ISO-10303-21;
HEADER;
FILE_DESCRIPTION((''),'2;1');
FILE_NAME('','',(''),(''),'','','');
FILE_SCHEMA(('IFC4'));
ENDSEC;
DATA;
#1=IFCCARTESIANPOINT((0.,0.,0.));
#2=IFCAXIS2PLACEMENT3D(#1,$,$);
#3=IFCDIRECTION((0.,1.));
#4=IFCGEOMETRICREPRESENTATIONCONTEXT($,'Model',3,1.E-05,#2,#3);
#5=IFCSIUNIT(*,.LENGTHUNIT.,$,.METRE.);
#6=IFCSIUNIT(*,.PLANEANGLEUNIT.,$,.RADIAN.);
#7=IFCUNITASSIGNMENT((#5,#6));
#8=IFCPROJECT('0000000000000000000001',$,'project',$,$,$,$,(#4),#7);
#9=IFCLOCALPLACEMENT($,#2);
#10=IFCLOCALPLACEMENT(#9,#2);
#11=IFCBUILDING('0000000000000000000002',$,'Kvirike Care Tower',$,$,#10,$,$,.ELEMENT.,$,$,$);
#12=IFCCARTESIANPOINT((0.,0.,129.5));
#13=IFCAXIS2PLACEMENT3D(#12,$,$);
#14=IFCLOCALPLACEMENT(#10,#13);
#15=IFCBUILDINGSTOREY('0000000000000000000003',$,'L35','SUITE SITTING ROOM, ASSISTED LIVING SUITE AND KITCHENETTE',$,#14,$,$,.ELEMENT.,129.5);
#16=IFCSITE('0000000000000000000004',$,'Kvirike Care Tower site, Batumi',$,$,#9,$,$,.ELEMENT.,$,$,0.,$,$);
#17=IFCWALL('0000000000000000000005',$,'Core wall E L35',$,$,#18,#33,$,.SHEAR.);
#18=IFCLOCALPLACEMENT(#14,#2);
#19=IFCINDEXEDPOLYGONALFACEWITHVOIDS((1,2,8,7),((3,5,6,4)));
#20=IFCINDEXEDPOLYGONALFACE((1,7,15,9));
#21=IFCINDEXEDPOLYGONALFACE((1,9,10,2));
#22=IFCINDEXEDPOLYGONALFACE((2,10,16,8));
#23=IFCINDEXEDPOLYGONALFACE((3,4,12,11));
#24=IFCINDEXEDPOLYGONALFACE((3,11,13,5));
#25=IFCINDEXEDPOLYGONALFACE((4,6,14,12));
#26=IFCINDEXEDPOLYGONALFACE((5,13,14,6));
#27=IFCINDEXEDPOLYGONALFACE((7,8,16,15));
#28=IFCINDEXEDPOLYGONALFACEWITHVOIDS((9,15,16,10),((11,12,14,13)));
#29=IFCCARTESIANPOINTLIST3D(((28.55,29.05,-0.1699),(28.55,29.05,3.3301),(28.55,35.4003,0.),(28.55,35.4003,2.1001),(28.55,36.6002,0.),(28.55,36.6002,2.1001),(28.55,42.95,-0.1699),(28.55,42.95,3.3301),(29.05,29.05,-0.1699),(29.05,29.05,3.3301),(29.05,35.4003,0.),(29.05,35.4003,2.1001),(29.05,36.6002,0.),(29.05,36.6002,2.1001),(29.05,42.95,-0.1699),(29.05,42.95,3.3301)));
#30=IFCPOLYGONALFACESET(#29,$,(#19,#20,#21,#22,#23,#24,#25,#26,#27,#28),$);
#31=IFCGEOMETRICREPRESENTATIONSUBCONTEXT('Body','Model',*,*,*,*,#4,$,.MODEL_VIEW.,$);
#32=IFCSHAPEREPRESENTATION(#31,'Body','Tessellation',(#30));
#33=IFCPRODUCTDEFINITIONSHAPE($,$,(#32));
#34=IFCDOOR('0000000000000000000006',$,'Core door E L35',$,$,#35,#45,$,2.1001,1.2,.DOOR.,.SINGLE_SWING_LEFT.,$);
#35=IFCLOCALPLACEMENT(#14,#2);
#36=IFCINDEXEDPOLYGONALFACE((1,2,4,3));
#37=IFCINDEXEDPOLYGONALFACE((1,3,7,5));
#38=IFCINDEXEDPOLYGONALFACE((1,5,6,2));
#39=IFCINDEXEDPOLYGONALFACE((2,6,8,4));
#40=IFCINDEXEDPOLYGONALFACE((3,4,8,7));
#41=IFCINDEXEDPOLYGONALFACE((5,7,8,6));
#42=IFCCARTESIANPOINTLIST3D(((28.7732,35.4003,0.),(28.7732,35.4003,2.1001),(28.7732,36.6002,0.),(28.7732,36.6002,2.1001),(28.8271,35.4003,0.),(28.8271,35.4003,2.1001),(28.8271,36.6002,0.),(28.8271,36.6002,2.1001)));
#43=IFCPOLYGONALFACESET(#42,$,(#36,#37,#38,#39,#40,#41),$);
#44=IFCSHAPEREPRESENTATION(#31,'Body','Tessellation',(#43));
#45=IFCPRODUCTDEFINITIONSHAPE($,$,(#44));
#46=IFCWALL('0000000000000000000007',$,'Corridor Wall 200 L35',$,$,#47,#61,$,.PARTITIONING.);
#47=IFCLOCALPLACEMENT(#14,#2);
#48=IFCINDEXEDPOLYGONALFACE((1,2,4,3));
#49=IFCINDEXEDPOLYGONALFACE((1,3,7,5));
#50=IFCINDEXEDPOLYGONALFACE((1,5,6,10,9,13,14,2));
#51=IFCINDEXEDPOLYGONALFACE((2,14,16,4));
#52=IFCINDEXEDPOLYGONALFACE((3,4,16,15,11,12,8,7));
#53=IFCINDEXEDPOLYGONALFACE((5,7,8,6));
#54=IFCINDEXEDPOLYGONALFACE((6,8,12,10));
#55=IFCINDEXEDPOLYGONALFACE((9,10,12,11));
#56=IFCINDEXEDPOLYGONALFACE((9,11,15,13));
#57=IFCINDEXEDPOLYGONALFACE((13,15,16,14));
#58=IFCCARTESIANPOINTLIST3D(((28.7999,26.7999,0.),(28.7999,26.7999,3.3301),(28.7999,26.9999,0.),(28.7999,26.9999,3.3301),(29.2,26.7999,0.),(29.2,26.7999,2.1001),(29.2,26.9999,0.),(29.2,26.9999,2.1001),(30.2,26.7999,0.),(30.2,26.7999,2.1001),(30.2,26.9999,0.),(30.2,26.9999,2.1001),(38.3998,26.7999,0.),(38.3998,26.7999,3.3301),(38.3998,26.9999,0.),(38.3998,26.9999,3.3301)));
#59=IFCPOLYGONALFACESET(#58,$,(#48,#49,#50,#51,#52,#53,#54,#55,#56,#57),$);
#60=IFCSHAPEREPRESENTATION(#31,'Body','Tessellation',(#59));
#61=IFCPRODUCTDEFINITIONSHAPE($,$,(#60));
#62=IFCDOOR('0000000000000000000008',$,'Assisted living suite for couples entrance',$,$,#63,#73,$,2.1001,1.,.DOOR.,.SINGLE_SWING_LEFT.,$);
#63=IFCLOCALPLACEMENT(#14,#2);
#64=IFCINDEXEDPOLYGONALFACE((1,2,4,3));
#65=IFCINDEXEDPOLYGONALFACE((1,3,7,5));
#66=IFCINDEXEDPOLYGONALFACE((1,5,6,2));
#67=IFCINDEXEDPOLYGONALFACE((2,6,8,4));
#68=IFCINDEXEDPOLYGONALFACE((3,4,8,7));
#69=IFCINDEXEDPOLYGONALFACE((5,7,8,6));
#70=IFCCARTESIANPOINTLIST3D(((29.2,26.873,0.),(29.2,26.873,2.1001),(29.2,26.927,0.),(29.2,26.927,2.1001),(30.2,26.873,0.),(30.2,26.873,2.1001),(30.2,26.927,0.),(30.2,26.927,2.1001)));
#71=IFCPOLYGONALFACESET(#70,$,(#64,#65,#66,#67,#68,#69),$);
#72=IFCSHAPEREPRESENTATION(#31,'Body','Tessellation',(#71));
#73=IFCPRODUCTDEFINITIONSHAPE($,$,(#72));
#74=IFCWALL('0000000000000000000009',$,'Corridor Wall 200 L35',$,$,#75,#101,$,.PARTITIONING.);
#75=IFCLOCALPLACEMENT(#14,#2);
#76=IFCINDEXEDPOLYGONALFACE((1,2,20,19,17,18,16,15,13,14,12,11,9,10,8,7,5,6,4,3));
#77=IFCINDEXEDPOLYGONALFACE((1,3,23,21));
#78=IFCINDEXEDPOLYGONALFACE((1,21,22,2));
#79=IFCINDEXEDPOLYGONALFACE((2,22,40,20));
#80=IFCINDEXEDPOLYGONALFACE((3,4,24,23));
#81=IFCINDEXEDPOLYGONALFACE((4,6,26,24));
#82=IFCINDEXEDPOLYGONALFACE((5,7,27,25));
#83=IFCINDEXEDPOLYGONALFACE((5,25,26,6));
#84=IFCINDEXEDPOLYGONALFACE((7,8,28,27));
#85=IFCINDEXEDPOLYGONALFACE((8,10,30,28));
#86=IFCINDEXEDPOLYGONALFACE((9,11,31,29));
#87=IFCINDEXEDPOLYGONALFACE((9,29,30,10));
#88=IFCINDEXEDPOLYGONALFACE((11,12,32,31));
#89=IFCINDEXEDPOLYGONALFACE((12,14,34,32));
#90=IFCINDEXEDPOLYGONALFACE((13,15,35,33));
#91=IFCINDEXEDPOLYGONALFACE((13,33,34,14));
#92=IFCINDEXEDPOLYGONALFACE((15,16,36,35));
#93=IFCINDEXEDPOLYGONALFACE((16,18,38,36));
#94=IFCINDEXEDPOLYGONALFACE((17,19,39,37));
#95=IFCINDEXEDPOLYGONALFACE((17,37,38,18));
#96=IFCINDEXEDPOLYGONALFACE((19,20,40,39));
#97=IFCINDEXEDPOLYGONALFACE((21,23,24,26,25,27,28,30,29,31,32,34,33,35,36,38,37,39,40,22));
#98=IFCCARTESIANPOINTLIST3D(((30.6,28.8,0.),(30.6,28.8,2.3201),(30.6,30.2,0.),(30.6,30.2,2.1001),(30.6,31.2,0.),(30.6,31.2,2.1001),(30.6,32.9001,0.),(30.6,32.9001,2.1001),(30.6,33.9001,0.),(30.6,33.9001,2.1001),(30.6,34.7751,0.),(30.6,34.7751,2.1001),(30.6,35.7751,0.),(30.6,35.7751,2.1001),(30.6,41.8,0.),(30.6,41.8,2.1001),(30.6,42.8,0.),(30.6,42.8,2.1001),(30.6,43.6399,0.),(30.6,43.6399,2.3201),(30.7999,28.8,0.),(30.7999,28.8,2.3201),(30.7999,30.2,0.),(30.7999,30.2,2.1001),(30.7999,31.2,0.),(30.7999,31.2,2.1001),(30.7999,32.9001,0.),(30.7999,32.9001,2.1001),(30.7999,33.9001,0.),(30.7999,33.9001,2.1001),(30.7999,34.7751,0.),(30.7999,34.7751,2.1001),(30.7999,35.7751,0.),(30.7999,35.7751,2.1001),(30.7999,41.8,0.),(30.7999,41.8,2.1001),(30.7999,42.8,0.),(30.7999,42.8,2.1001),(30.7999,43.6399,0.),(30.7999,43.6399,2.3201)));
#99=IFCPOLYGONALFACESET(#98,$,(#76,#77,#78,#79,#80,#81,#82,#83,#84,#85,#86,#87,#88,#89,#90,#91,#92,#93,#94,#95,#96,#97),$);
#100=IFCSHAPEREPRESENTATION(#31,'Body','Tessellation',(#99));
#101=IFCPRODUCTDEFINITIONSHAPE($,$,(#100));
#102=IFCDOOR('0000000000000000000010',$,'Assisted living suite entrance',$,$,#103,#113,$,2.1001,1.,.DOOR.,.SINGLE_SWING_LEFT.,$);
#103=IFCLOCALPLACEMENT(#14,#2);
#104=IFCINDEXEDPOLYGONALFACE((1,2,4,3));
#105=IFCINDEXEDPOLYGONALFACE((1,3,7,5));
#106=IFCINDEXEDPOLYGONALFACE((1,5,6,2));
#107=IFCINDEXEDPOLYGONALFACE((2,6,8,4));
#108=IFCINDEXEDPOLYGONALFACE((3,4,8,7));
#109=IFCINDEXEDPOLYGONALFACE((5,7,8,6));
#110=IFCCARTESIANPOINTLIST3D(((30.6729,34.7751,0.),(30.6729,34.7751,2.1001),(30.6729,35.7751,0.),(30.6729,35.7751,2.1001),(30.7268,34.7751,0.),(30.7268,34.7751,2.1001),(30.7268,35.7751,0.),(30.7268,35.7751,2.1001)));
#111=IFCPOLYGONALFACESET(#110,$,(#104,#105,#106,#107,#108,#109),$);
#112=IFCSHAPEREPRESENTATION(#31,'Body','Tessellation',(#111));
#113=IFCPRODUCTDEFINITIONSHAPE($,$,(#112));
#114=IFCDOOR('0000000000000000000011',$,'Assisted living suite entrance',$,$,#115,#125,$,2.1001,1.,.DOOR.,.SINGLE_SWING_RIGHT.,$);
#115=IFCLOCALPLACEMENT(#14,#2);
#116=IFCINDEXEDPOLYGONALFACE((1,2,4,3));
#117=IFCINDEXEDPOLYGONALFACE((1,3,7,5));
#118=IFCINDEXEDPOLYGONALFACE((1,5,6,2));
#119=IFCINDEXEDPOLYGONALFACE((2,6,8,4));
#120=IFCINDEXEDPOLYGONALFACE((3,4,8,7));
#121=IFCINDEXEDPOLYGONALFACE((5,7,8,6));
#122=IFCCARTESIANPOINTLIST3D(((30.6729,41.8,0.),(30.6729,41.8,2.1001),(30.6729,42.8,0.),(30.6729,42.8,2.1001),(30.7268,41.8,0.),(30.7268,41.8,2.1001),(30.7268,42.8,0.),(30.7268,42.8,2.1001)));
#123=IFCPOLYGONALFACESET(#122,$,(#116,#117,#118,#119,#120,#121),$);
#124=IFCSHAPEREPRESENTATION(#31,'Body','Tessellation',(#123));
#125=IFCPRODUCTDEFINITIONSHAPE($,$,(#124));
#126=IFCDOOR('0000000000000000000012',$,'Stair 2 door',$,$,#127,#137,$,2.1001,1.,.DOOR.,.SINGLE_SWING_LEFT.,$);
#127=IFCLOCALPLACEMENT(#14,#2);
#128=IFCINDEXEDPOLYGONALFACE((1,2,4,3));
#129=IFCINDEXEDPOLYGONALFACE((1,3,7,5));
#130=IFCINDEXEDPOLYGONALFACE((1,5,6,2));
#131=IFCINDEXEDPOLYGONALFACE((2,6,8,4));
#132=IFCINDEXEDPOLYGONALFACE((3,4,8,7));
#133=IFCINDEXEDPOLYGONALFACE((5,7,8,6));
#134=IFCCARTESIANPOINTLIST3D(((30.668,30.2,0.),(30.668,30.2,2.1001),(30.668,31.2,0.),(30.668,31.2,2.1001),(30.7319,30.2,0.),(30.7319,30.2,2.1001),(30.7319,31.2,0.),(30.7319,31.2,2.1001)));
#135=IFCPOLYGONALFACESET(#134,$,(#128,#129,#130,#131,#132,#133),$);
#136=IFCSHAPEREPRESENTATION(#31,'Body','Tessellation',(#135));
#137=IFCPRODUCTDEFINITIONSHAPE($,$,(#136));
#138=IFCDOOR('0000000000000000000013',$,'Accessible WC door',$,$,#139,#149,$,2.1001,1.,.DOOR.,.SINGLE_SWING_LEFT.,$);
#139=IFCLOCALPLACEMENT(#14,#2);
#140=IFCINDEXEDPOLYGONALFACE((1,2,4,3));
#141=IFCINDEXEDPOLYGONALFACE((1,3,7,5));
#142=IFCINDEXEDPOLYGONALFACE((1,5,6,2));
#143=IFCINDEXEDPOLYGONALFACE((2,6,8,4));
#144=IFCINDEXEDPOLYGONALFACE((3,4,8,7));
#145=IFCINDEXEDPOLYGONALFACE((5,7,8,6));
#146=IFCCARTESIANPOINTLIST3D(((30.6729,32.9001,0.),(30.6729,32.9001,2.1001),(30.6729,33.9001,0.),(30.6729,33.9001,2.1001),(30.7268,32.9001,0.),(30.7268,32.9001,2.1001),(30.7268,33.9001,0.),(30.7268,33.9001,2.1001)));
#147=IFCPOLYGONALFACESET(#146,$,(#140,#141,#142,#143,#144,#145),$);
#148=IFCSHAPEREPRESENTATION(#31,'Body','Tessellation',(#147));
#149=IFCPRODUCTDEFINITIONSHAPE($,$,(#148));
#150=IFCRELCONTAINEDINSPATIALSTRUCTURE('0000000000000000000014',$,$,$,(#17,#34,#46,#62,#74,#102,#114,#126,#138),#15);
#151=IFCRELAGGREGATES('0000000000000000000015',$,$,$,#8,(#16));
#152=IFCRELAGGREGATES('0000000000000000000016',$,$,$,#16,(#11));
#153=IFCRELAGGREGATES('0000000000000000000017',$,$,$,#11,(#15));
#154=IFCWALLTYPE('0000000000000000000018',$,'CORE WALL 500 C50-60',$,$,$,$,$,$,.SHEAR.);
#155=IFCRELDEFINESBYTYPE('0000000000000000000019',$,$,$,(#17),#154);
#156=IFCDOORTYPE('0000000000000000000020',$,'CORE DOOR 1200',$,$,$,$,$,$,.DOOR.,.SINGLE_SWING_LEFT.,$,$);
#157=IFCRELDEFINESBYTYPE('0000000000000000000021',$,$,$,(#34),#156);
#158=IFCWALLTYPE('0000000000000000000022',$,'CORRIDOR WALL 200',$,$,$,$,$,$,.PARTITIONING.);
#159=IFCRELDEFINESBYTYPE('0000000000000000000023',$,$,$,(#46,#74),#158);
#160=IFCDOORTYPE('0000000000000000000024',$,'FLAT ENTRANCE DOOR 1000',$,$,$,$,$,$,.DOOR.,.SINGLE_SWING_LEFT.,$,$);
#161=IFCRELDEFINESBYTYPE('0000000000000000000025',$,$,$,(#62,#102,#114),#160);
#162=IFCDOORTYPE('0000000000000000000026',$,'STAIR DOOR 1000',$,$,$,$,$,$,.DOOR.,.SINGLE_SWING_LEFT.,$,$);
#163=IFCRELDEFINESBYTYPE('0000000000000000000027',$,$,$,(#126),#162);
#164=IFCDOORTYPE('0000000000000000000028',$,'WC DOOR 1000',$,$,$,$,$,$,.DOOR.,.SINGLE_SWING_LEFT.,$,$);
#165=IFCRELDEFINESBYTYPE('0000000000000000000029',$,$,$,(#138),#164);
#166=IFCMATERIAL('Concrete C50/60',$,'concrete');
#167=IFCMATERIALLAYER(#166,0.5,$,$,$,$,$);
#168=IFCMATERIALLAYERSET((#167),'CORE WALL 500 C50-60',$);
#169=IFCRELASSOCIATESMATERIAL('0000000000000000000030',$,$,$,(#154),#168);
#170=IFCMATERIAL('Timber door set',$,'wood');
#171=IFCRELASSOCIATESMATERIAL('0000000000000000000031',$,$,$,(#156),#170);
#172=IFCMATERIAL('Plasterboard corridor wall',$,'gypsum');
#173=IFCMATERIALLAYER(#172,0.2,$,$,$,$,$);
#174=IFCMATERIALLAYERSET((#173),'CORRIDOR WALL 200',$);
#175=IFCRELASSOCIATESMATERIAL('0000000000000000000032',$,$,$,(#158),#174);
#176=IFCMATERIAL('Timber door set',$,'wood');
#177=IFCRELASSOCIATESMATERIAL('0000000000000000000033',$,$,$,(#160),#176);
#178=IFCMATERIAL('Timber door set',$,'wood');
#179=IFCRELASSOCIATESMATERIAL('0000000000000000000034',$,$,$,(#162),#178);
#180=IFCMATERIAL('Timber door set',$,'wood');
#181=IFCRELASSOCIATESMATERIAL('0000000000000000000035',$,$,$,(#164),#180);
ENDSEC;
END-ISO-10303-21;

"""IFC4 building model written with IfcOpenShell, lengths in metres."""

from ifc_helpers import new_model, si_unit, direction, frame, frame_2d, origin, place, context, subcontext, project, spatial, rectangle, extrude, material, layer, layer_set, type_object, element, fill, save


model = new_model("IFC4")

# Units and contexts
model_context = context("Model", 3, precision=1e-05, world=origin(), true_north=direction((0.0, 1.0)))
body_context = subcontext(model_context, "Body", "Model", "MODEL_VIEW")
ifc_project = project(units=[si_unit("LENGTHUNIT", "METRE"), si_unit("PLANEANGLEUNIT", "RADIAN")], contexts=[model_context])

# Site, building, storey
site_placement = place(None, origin())
site = spatial("IfcSite", under=ifc_project, at=site_placement, Name="Kvirike Care Tower site, Batumi", CompositionType="ELEMENT", RefElevation=0.0)
building_placement = place(site_placement, origin())
building = spatial("IfcBuilding", under=site, at=building_placement, Name="Kvirike Care Tower", CompositionType="ELEMENT")
storey_placement = place(building_placement, frame((0.0, 0.0, 129.5)))
storey = spatial("IfcBuildingStorey", under=building, at=storey_placement, Name="L35", Description="SUITE SITTING ROOM, ASSISTED LIVING SUITE AND KITCHENETTE", CompositionType="ELEMENT", Elevation=129.5)

# Walls, openings, doors
ifc_material_1 = material(Name="Concrete C50/60", Category="concrete")
ifc_layer_1 = layer(ifc_material_1, 0.5)
ifc_layer_set_1 = layer_set([ifc_layer_1], Name="CORE WALL 500 C50-60")
wall_type_1 = type_object("IfcWallType", Name="CORE WALL 500 C50-60", PredefinedType="SHEAR", material=ifc_layer_set_1)
wall_1_placement = place(storey_placement, frame((28.8, 29.05, -0.1699), z_axis=(0.0, 0.0, 1.0), x_axis=(0.0, 1.0, 0.0)))
wall_1 = element("IfcWall", 1, at=wall_1_placement, inside=storey, type_object=wall_type_1, Name="Core wall E L35", PredefinedType="SHEAR", context=body_context, shape_type="SweptSolid", body=[
    extrude(rectangle(XDim=13.8999, YDim=0.5, at=frame_2d((6.95, 0.0))), origin(), (0.0, 0.0, 1.0), 3.5),
])
opening_1_placement = place(wall_1_placement, frame((6.3501, 0.0, 0.1699)))
opening_1 = element("IfcOpeningElement", 2, at=opening_1_placement, cuts=wall_1, PredefinedType="OPENING", context=body_context, shape_type="SweptSolid", body=[
    extrude(rectangle(XDim=1.2, YDim=2.1001, at=frame_2d((0.6001, 1.05))), frame((0.0, 0.2605, 0.0), z_axis=(0.0, -1.0, 0.0), x_axis=(1.0, 0.0, 0.0)), (0.0, 0.0, 1.0), 0.521),
])
ifc_material_2 = material(Name="Timber door set", Category="wood")
door_type_1 = type_object("IfcDoorType", Name="CORE DOOR 1200", OperationType="SINGLE_SWING_LEFT", PredefinedType="DOOR", material=ifc_material_2)
door_1_placement = place(opening_1_placement, origin())
door_1 = element("IfcDoor", 3, at=door_1_placement, inside=storey, type_object=door_type_1, Name="Core door E L35", OperationType="SINGLE_SWING_LEFT", OverallHeight=2.1001, OverallWidth=1.2, PredefinedType="DOOR", context=body_context, shape_type="SweptSolid", body=[
    extrude(rectangle(XDim=1.2, YDim=2.1001, at=frame_2d((0.6001, 1.05))), frame((0.0, 0.0269, 0.0), z_axis=(0.0, -1.0, 0.0), x_axis=(1.0, 0.0, 0.0)), (0.0, 0.0, 1.0), 0.054),
])
fill(opening_1, door_1)
ifc_material_3 = material(Name="Plasterboard corridor wall", Category="gypsum")
ifc_layer_2 = layer(ifc_material_3, 0.2)
ifc_layer_set_2 = layer_set([ifc_layer_2], Name="CORRIDOR WALL 200")
wall_type_2 = type_object("IfcWallType", Name="CORRIDOR WALL 200", PredefinedType="PARTITIONING", material=ifc_layer_set_2)
wall_2_placement = place(storey_placement, frame((28.8, 26.8999, 0.0), z_axis=(0.0, 0.0, 1.0), x_axis=(1.0, 0.0, 0.0)))
wall_2 = element("IfcWall", 4, at=wall_2_placement, inside=storey, type_object=wall_type_2, Name="Corridor Wall 200 L35", PredefinedType="PARTITIONING", context=body_context, shape_type="SweptSolid", body=[
    extrude(rectangle(XDim=9.5999, YDim=0.2, at=frame_2d((4.7998, 0.0))), origin(), (0.0, 0.0, 1.0), 3.3301),
])
opening_2_placement = place(wall_2_placement, frame((0.3999, 0.0, 0.0)))
opening_2 = element("IfcOpeningElement", 5, at=opening_2_placement, cuts=wall_2, PredefinedType="OPENING", context=body_context, shape_type="SweptSolid", body=[
    extrude(rectangle(XDim=1.0, YDim=2.1001, at=frame_2d((0.5, 1.05))), frame((0.0, 0.1106, 0.0), z_axis=(0.0, -1.0, 0.0), x_axis=(1.0, 0.0, 0.0)), (0.0, 0.0, 1.0), 0.2209),
])
ifc_material_4 = material(Name="Timber door set", Category="wood")
door_type_2 = type_object("IfcDoorType", Name="FLAT ENTRANCE DOOR 1000", OperationType="SINGLE_SWING_LEFT", PredefinedType="DOOR", material=ifc_material_4)
door_2_placement = place(opening_2_placement, frame((1.0, 0.0, 0.0), z_axis=(0.0, 0.0, 1.0), x_axis=(-1.0, 0.0, 0.0)))
door_2 = element("IfcDoor", 6, at=door_2_placement, inside=storey, type_object=door_type_2, Name="Assisted living suite for couples entrance", OperationType="SINGLE_SWING_LEFT", OverallHeight=2.1001, OverallWidth=1.0, PredefinedType="DOOR", context=body_context, shape_type="SweptSolid", body=[
    extrude(rectangle(XDim=1.0, YDim=2.1001, at=frame_2d((0.5, 1.05))), frame((0.0, 0.0269, 0.0), z_axis=(0.0, -1.0, 0.0), x_axis=(1.0, 0.0, 0.0)), (0.0, 0.0, 1.0), 0.054),
])
fill(opening_2, door_2)

# Wall, openings, doors
wall_3_placement = place(storey_placement, frame((30.7, 28.8, 0.0), z_axis=(0.0, 0.0, 1.0), x_axis=(0.0, 1.0, 0.0)))
wall_3 = element("IfcWall", 7, at=wall_3_placement, inside=storey, type_object=wall_type_2, Name="Corridor Wall 200 L35", PredefinedType="PARTITIONING", context=body_context, shape_type="SweptSolid", body=[
    extrude(rectangle(XDim=14.8398, YDim=0.2, at=frame_2d((7.4199, 0.0))), origin(), (0.0, 0.0, 1.0), 2.3201),
])
opening_3_placement = place(wall_3_placement, frame((1.3999, 0.0, 0.0)))
opening_3 = element("IfcOpeningElement", 8, at=opening_3_placement, cuts=wall_3, PredefinedType="OPENING", context=body_context, shape_type="SweptSolid", body=[
    extrude(rectangle(XDim=1.0, YDim=2.1001, at=frame_2d((0.5, 1.05))), frame((0.0, 0.1106, 0.0), z_axis=(0.0, -1.0, 0.0), x_axis=(1.0, 0.0, 0.0)), (0.0, 0.0, 1.0), 0.2209),
])
opening_4_placement = place(wall_3_placement, frame((4.1001, 0.0, 0.0)))
opening_4 = element("IfcOpeningElement", 9, at=opening_4_placement, cuts=wall_3, PredefinedType="OPENING", context=body_context, shape_type="SweptSolid", body=[
    extrude(rectangle(XDim=1.0, YDim=2.1001, at=frame_2d((0.5, 1.05))), frame((0.0, 0.1106, 0.0), z_axis=(0.0, -1.0, 0.0), x_axis=(1.0, 0.0, 0.0)), (0.0, 0.0, 1.0), 0.2209),
])
opening_5_placement = place(wall_3_placement, frame((5.9751, 0.0, 0.0)))
opening_5 = element("IfcOpeningElement", 10, at=opening_5_placement, cuts=wall_3, PredefinedType="OPENING", context=body_context, shape_type="SweptSolid", body=[
    extrude(rectangle(XDim=1.0, YDim=2.1001, at=frame_2d((0.5, 1.05))), frame((0.0, 0.1106, 0.0), z_axis=(0.0, -1.0, 0.0), x_axis=(1.0, 0.0, 0.0)), (0.0, 0.0, 1.0), 0.2209),
])
opening_6_placement = place(wall_3_placement, frame((13.0, 0.0, 0.0)))
opening_6 = element("IfcOpeningElement", 11, at=opening_6_placement, cuts=wall_3, PredefinedType="OPENING", context=body_context, shape_type="SweptSolid", body=[
    extrude(rectangle(XDim=1.0, YDim=2.1001, at=frame_2d((0.5, 1.05))), frame((0.0, 0.1106, 0.0), z_axis=(0.0, -1.0, 0.0), x_axis=(1.0, 0.0, 0.0)), (0.0, 0.0, 1.0), 0.2209),
])
door_3_placement = place(opening_5_placement, frame((1.0, 0.0, 0.0), z_axis=(0.0, 0.0, 1.0), x_axis=(-1.0, 0.0, 0.0)))
door_3 = element("IfcDoor", 12, at=door_3_placement, inside=storey, type_object=door_type_2, Name="Assisted living suite entrance", OperationType="SINGLE_SWING_LEFT", OverallHeight=2.1001, OverallWidth=1.0, PredefinedType="DOOR", context=body_context, shape_type="SweptSolid", body=[
    extrude(rectangle(XDim=1.0, YDim=2.1001, at=frame_2d((0.5, 1.05))), frame((0.0, 0.0269, 0.0), z_axis=(0.0, -1.0, 0.0), x_axis=(1.0, 0.0, 0.0)), (0.0, 0.0, 1.0), 0.054),
])
fill(opening_5, door_3)
door_4_placement = place(opening_6_placement, frame((1.0, 0.0, 0.0), z_axis=(0.0, 0.0, 1.0), x_axis=(-1.0, 0.0, 0.0)))
door_4 = element("IfcDoor", 13, at=door_4_placement, inside=storey, type_object=door_type_2, Name="Assisted living suite entrance", OperationType="SINGLE_SWING_RIGHT", OverallHeight=2.1001, OverallWidth=1.0, PredefinedType="DOOR", context=body_context, shape_type="SweptSolid", body=[
    extrude(rectangle(XDim=1.0, YDim=2.1001, at=frame_2d((0.5, 1.05))), frame((0.0, 0.0269, 0.0), z_axis=(0.0, -1.0, 0.0), x_axis=(1.0, 0.0, 0.0)), (0.0, 0.0, 1.0), 0.054),
])
fill(opening_6, door_4)
ifc_material_5 = material(Name="Timber door set", Category="wood")
door_type_3 = type_object("IfcDoorType", Name="STAIR DOOR 1000", OperationType="SINGLE_SWING_LEFT", PredefinedType="DOOR", material=ifc_material_5)
door_5_placement = place(opening_3_placement, frame((1.0, 0.0, 0.0), z_axis=(0.0, 0.0, 1.0), x_axis=(-1.0, 0.0, 0.0)))
door_5 = element("IfcDoor", 14, at=door_5_placement, inside=storey, type_object=door_type_3, Name="Stair 2 door", OperationType="SINGLE_SWING_LEFT", OverallHeight=2.1001, OverallWidth=1.0, PredefinedType="DOOR", context=body_context, shape_type="SweptSolid", body=[
    extrude(rectangle(XDim=1.0, YDim=2.1001, at=frame_2d((0.5, 1.05))), frame((0.0, 0.032, 0.0), z_axis=(0.0, -1.0, 0.0), x_axis=(1.0, 0.0, 0.0)), (0.0, 0.0, 1.0), 0.064),
])
fill(opening_3, door_5)
ifc_material_6 = material(Name="Timber door set", Category="wood")
door_type_4 = type_object("IfcDoorType", Name="WC DOOR 1000", OperationType="SINGLE_SWING_LEFT", PredefinedType="DOOR", material=ifc_material_6)
door_6_placement = place(opening_4_placement, frame((1.0, 0.0, 0.0), z_axis=(0.0, 0.0, 1.0), x_axis=(-1.0, 0.0, 0.0)))
door_6 = element("IfcDoor", 15, at=door_6_placement, inside=storey, type_object=door_type_4, Name="Accessible WC door", OperationType="SINGLE_SWING_LEFT", OverallHeight=2.1001, OverallWidth=1.0, PredefinedType="DOOR", context=body_context, shape_type="SweptSolid", body=[
    extrude(rectangle(XDim=1.0, YDim=2.1001, at=frame_2d((0.5, 1.05))), frame((0.0, 0.0269, 0.0), z_axis=(0.0, -1.0, 0.0), x_axis=(1.0, 0.0, 0.0)), (0.0, 0.0, 1.0), 0.054),
])
fill(opening_4, door_6)

save(model, "model.ifc")
